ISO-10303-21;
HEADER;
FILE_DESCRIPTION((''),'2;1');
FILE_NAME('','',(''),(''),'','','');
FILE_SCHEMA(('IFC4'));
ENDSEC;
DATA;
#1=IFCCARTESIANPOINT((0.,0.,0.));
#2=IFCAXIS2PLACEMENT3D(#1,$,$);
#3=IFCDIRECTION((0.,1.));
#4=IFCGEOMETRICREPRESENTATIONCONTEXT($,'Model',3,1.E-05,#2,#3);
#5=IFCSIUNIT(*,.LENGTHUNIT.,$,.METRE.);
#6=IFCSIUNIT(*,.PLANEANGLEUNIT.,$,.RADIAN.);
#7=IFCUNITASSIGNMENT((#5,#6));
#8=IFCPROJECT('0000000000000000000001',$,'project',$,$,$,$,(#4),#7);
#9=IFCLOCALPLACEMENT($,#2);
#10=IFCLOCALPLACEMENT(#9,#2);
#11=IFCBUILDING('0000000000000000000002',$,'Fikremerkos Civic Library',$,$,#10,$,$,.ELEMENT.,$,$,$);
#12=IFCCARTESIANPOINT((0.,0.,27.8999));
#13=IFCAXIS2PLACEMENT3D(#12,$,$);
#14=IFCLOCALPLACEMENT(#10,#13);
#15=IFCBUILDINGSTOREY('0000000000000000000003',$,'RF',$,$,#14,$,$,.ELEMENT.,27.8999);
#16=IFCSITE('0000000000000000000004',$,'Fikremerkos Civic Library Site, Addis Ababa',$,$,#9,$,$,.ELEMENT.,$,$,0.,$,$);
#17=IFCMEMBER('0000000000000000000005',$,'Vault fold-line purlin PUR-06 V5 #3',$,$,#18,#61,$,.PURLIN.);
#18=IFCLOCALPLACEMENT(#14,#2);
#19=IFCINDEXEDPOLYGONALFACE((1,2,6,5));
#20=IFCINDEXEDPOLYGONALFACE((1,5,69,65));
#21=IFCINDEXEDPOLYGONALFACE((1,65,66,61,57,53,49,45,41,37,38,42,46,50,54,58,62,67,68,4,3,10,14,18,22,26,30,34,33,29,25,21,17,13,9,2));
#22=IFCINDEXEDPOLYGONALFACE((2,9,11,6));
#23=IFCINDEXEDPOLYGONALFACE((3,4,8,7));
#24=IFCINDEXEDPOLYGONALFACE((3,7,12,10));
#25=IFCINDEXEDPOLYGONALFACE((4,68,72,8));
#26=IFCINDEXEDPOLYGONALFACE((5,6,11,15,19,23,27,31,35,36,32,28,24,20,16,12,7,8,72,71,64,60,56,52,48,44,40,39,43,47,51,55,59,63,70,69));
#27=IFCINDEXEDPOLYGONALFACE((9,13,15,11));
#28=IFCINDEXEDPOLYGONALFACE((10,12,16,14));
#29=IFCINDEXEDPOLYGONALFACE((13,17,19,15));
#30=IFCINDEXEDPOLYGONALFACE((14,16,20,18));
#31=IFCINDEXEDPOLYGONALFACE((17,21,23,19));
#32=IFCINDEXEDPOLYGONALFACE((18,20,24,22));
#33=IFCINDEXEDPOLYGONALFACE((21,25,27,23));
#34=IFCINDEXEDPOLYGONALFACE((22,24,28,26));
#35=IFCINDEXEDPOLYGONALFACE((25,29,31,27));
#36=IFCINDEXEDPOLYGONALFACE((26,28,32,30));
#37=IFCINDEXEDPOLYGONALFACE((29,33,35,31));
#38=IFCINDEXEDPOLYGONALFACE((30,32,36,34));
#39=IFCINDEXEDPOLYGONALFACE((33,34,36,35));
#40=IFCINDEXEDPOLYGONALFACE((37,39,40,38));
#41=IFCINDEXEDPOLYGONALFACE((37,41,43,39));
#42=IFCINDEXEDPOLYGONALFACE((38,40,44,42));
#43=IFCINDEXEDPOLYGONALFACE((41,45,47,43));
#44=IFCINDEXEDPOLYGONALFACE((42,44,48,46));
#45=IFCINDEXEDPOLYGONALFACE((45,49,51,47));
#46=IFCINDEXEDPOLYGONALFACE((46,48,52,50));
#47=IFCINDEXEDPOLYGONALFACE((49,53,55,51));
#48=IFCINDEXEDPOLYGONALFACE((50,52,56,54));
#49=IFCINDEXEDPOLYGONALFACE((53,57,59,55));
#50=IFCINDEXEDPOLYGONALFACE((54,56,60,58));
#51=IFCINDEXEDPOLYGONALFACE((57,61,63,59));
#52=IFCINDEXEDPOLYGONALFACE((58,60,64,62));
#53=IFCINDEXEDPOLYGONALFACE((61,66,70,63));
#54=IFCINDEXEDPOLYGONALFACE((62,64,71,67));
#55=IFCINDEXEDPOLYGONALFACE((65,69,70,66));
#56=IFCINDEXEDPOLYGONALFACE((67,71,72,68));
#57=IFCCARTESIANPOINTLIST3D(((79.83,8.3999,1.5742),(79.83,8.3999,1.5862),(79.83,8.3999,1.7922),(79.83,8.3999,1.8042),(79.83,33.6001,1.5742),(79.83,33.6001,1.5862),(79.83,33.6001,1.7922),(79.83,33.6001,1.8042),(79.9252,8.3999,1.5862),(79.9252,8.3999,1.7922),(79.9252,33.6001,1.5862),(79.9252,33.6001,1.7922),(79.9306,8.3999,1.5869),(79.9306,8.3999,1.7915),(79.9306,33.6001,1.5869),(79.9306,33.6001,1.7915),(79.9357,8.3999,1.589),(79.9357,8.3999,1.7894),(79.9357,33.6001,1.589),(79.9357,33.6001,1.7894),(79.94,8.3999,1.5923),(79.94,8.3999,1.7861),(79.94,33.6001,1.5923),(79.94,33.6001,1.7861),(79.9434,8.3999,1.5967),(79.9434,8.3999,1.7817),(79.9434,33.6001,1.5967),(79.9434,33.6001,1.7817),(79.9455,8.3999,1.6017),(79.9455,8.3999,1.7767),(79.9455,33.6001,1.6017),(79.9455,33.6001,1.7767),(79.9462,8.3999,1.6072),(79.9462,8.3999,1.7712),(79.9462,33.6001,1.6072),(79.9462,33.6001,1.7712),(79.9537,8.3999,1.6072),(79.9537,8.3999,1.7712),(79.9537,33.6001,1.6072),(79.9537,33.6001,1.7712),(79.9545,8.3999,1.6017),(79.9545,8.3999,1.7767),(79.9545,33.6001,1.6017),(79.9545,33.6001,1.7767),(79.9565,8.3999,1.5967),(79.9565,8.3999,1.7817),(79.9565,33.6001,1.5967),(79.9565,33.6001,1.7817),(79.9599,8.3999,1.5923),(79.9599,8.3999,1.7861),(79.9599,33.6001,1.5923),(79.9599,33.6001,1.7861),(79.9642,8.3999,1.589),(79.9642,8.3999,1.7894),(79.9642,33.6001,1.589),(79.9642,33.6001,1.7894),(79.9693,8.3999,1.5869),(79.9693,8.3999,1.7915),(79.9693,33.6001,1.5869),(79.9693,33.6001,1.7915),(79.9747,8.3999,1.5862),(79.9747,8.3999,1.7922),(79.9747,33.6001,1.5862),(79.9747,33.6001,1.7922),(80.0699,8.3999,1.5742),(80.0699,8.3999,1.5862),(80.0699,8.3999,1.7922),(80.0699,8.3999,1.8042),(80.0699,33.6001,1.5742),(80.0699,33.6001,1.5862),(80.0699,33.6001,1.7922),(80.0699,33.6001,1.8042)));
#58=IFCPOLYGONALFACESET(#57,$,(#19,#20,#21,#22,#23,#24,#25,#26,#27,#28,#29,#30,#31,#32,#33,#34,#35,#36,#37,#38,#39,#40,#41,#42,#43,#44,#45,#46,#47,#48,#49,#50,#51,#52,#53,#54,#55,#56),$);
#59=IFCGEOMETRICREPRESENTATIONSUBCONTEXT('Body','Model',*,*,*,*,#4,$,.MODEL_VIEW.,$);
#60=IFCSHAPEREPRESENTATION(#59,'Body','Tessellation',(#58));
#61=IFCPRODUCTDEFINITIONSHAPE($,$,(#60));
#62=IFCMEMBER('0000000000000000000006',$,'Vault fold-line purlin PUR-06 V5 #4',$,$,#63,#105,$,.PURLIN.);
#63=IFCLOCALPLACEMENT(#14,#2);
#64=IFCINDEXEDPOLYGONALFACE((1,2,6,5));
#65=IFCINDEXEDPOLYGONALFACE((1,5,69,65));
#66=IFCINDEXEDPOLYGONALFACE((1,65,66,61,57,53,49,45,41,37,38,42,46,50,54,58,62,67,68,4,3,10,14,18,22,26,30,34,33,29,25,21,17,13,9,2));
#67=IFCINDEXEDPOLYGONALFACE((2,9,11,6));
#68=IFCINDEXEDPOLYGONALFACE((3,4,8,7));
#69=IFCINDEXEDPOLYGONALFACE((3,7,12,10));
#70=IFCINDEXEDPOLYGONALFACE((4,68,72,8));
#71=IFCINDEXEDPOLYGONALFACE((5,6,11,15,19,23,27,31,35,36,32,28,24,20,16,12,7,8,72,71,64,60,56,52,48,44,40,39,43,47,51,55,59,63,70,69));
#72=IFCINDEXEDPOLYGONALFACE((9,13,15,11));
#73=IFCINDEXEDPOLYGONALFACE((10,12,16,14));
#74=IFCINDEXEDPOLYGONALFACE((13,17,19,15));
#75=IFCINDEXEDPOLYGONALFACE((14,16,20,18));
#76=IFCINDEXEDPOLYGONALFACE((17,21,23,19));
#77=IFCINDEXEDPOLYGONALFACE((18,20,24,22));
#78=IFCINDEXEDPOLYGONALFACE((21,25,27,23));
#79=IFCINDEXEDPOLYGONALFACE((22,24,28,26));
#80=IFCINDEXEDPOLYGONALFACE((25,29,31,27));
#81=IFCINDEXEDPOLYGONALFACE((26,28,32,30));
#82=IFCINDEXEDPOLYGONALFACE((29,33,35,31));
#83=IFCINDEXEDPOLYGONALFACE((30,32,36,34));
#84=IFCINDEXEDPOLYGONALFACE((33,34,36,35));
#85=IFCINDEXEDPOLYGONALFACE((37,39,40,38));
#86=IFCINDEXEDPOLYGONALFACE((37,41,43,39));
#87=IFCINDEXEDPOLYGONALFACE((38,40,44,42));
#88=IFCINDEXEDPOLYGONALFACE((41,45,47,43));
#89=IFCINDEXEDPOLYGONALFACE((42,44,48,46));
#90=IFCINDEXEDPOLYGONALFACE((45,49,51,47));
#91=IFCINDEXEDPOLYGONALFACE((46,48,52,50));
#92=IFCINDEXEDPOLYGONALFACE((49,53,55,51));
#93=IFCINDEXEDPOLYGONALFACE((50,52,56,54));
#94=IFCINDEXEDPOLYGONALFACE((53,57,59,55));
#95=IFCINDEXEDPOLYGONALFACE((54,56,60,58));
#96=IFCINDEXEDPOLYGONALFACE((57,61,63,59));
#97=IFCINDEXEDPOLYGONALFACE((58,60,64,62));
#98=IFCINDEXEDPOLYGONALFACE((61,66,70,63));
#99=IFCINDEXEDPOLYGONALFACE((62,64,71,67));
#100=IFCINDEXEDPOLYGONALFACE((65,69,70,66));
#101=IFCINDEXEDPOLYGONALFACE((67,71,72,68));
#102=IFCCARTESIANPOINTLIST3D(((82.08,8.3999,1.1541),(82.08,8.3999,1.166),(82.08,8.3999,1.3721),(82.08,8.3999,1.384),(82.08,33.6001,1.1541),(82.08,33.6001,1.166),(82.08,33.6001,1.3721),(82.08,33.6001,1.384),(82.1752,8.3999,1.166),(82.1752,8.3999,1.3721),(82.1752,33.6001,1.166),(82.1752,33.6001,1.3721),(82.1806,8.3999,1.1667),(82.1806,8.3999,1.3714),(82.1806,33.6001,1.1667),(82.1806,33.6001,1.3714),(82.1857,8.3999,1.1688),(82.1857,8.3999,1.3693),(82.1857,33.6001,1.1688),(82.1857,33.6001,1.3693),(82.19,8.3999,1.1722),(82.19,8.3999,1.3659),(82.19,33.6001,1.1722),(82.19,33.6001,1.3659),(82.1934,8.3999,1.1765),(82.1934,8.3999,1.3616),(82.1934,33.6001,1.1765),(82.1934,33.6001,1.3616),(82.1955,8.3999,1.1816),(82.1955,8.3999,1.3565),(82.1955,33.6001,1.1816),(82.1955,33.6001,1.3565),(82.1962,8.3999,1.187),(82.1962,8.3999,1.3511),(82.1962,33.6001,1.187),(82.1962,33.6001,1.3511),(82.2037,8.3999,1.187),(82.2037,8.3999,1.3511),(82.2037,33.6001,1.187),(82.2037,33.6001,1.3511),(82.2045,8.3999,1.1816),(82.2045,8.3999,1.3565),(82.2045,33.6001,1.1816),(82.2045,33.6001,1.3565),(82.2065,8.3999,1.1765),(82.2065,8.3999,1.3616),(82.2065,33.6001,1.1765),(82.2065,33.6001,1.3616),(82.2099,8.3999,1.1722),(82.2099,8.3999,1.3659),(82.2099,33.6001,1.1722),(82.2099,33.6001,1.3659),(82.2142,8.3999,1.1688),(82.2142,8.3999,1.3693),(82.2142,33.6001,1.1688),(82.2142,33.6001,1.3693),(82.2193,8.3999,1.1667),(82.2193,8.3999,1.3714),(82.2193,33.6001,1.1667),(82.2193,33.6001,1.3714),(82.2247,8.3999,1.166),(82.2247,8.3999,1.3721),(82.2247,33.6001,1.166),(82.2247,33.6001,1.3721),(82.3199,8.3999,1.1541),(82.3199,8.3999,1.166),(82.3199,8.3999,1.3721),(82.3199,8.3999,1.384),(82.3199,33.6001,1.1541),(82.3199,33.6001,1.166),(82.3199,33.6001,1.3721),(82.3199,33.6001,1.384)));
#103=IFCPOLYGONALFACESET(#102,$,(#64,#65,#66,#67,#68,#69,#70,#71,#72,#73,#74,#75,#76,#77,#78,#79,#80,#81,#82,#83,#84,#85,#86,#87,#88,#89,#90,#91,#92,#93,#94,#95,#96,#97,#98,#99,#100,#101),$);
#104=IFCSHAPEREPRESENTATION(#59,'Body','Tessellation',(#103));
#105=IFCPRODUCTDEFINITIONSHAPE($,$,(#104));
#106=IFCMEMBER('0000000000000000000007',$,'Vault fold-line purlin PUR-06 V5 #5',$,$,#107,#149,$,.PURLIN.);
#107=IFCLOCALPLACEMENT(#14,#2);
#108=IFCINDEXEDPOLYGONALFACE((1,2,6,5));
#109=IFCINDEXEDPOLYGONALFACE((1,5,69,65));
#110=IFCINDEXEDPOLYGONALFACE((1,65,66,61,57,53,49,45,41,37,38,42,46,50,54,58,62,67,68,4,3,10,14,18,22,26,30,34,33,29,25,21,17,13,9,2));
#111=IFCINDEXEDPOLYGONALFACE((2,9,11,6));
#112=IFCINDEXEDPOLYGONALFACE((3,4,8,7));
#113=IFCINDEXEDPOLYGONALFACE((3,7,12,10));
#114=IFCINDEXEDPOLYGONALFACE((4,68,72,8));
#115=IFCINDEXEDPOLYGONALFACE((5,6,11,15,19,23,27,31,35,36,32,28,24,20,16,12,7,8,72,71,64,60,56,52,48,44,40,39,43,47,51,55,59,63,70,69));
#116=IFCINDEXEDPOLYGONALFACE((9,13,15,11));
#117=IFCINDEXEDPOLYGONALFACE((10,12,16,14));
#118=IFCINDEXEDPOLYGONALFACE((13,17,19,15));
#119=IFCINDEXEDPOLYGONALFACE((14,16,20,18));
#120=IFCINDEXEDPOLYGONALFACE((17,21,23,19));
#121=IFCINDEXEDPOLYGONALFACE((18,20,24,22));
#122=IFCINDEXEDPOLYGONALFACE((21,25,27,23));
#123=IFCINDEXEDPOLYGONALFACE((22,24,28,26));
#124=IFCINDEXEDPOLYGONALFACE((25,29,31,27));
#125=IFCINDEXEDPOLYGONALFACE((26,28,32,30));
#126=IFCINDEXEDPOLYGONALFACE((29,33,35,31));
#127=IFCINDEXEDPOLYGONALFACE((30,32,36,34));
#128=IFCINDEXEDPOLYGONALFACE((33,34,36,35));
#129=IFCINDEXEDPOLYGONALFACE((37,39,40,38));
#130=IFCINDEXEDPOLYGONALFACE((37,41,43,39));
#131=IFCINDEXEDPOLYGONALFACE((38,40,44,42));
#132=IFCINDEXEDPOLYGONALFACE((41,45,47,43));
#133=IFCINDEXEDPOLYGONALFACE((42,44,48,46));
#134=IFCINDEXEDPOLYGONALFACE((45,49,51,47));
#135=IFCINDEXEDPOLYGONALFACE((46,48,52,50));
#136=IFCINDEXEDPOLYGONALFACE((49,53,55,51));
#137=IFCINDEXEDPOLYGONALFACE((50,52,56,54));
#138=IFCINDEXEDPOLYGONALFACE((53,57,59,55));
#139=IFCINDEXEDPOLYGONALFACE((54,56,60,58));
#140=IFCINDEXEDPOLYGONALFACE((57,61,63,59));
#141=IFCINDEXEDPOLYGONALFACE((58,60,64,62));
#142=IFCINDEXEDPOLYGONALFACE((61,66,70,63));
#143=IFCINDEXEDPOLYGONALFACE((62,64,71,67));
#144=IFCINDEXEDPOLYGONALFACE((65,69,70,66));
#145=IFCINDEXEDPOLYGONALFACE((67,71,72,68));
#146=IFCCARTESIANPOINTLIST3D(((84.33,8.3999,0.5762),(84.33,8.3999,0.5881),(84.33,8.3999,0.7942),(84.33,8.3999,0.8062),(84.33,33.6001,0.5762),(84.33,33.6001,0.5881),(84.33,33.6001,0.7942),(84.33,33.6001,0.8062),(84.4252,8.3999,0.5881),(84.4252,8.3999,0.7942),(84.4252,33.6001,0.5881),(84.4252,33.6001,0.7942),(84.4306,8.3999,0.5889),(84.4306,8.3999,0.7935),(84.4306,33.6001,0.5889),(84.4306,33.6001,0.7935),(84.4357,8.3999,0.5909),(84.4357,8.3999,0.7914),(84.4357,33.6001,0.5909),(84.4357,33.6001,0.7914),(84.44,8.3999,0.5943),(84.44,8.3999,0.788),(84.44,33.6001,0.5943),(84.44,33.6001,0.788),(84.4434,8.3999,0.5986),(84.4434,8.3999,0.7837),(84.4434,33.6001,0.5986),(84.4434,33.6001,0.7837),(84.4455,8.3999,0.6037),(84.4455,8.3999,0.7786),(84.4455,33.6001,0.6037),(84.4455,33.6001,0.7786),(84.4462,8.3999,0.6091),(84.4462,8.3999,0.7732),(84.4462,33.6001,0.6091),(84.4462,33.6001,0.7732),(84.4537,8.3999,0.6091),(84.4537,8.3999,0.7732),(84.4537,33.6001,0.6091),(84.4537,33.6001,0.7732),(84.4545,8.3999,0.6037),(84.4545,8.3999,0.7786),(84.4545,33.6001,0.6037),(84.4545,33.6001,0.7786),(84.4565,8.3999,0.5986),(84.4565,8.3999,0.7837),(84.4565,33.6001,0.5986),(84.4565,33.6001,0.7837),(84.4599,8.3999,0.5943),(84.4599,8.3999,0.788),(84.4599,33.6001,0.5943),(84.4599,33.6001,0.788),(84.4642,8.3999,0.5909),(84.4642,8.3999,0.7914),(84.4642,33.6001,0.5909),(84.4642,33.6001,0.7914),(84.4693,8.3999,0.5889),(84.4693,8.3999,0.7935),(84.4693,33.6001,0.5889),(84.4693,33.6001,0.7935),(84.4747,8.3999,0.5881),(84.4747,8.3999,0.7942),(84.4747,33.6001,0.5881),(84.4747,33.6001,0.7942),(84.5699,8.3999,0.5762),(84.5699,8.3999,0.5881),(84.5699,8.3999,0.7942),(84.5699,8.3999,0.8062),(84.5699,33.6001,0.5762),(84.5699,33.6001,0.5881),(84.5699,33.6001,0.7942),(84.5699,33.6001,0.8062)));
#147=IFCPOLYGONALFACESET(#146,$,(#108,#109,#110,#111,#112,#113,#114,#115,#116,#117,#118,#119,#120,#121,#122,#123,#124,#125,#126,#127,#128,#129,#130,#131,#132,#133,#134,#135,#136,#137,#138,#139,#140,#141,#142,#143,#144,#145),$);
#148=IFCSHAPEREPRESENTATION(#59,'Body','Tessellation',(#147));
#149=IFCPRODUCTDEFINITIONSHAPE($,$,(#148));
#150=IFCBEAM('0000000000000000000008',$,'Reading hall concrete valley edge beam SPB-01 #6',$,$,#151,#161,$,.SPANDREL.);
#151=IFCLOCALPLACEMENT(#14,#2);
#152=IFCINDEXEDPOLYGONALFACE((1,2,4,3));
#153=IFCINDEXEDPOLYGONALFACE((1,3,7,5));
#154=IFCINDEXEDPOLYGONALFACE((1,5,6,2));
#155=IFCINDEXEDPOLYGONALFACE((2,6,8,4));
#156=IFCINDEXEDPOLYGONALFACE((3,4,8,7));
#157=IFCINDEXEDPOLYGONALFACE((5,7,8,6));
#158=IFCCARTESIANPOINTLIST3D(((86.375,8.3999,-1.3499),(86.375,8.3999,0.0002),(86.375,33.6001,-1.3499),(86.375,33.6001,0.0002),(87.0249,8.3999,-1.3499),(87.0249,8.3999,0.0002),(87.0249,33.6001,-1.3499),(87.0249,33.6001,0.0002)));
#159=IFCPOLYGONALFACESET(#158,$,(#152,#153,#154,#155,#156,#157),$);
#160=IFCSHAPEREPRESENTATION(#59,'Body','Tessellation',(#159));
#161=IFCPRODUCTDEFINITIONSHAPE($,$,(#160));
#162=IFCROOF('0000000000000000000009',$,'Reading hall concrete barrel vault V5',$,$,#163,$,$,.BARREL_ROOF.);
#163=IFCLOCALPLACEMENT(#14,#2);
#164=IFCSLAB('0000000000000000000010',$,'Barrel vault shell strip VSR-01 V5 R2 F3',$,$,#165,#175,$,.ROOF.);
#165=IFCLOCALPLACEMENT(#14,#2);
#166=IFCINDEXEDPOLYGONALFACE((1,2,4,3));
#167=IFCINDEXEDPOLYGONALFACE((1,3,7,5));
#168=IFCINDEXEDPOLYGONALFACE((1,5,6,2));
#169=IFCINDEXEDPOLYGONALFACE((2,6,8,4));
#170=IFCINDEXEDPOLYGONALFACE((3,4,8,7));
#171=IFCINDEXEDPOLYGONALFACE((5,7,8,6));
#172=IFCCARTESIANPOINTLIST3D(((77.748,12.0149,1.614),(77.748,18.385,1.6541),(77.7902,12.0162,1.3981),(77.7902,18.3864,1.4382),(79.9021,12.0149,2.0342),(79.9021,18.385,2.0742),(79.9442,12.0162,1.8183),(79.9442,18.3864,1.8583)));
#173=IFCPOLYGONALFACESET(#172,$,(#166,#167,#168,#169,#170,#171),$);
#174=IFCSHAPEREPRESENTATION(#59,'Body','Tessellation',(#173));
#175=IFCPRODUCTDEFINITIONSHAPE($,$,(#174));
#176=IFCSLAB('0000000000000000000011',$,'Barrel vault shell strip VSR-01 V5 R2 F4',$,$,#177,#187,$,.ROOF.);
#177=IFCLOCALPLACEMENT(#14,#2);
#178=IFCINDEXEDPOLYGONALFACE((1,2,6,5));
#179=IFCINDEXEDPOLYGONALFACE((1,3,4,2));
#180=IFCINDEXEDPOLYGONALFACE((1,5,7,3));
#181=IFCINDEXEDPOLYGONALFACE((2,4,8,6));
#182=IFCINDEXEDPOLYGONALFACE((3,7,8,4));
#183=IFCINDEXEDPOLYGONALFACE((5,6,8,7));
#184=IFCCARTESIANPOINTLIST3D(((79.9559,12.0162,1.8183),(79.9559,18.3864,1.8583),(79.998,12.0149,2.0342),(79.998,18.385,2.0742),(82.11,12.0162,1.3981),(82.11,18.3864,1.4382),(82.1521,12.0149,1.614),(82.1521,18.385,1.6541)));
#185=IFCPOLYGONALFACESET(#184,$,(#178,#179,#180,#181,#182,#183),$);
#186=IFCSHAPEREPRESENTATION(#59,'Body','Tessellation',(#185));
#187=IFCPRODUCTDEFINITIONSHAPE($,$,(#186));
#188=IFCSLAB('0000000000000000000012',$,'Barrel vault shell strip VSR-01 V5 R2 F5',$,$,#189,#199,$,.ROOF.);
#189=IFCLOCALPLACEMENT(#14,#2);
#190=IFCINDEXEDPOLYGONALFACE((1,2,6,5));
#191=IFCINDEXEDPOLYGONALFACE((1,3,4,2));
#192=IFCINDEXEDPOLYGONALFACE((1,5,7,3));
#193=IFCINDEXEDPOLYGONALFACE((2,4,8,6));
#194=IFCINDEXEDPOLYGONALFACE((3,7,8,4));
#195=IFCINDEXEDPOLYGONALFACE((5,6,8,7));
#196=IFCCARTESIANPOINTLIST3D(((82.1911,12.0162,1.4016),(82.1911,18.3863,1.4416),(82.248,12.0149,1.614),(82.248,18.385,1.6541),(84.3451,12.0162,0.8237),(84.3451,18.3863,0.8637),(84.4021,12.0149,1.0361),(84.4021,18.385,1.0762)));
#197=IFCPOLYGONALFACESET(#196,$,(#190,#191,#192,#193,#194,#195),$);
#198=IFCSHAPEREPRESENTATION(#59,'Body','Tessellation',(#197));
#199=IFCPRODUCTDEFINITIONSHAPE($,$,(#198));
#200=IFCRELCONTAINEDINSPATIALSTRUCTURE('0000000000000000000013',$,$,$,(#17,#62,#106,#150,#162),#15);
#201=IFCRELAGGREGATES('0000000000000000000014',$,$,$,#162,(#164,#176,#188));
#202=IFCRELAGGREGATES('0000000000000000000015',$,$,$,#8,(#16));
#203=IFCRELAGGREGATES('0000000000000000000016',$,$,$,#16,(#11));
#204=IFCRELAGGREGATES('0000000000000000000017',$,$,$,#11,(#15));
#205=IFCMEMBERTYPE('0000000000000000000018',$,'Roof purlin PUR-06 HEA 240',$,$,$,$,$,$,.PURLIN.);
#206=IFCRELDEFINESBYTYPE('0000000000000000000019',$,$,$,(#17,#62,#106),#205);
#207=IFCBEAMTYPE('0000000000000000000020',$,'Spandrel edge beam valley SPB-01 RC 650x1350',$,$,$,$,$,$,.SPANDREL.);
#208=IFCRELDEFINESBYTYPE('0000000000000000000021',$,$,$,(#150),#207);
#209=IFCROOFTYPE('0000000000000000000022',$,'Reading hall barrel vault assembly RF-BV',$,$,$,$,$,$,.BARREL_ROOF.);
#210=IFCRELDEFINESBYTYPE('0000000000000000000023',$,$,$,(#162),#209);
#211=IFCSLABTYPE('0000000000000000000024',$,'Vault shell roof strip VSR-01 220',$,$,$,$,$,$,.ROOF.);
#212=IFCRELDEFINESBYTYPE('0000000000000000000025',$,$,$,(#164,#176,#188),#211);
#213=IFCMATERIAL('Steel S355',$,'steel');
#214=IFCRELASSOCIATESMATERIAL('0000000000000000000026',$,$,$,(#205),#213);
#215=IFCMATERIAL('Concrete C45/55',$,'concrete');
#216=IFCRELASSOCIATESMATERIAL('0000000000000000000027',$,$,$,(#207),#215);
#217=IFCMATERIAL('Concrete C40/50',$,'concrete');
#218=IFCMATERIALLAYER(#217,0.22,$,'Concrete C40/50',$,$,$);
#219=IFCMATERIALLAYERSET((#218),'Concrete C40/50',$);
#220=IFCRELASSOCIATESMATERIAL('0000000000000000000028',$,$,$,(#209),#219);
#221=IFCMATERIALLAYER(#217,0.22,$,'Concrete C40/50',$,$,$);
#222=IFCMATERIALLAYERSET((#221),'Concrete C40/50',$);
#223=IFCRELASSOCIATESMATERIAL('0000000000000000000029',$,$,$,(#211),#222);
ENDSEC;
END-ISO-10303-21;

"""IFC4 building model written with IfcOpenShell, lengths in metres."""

from ifc_helpers import new_model, si_unit, direction, frame, origin, origin_2d, place, context, subcontext, project, spatial, polyline, rectangle, i_section, outline, extrude, material, layer, layer_set, material_profile, profile_set, type_object, element, aggregate, save


model = new_model("IFC4")

# Units and contexts
model_context = context("Model", 3, precision=1e-05, world=origin(), true_north=direction((0.0, 1.0)))
body_context = subcontext(model_context, "Body", "Model", "MODEL_VIEW")
ifc_project = project(units=[si_unit("LENGTHUNIT", "METRE"), si_unit("PLANEANGLEUNIT", "RADIAN")], contexts=[model_context])

# Site, building, storey
site_placement = place(None, origin())
site = spatial("IfcSite", under=ifc_project, at=site_placement, Name="Fikremerkos Civic Library Site, Addis Ababa", CompositionType="ELEMENT", RefElevation=0.0)
building_placement = place(site_placement, origin())
building = spatial("IfcBuilding", under=site, at=building_placement, Name="Fikremerkos Civic Library", CompositionType="ELEMENT")
storey_placement = place(building_placement, frame((0.0, 0.0, 27.8999)))
storey = spatial("IfcBuildingStorey", under=building, at=storey_placement, Name="RF", CompositionType="ELEMENT", Elevation=27.8999)

# Shared definitions
ifc_material_1 = material(Name="Steel S355", Category="steel")

# Shared definitions
ifc_material_2 = material(Name="Concrete C45/55", Category="concrete")

# Members
ifc_material_profile_1 = material_profile(ifc_material_1, i_section(OverallWidth=0.24, OverallDepth=0.23, WebThickness=0.0076, FlangeThickness=0.012, FilletRadius=0.021, at=origin_2d()), Name="HEA 240")
ifc_profile_set_1 = profile_set([ifc_material_profile_1], Name="Steel S355")
member_type_1 = type_object("IfcMemberType", Name="Roof purlin PUR-06 HEA 240", PredefinedType="PURLIN", material=ifc_profile_set_1)
for number, where, z_axis, x_axis, name in (
    (1, (79.95, 8.3999, 1.6892), (0.0, 1.0, 0.0), (-1.0, 0.0, 0.0), "Vault fold-line purlin PUR-06 V5 #3"),
    (2, (82.2, 8.3999, 1.269), (0.0, 1.0, 0.0), (-1.0, 0.0, 0.0), "Vault fold-line purlin PUR-06 V5 #4"),
    (3, (84.45, 8.3999, 0.6912), (0.0, 1.0, 0.0), (-1.0, 0.0, 0.0), "Vault fold-line purlin PUR-06 V5 #5"),
):
    element("IfcMember", number, at=place(storey_placement, frame(where, z_axis=z_axis, x_axis=x_axis)), inside=storey, type_object=member_type_1, Name=name, PredefinedType="PURLIN", context=body_context, shape_type="SweptSolid", body=[
        extrude(i_section(OverallWidth=0.24, OverallDepth=0.23, WebThickness=0.0076, FlangeThickness=0.012, FilletRadius=0.021, at=origin_2d()), origin(), (0.0, 0.0, 1.0), 25.2002),
    ])

# Beam
ifc_material_profile_2 = material_profile(ifc_material_2, rectangle(XDim=0.6499, YDim=1.3501, at=origin_2d()), Name="RC 650x1350")
ifc_profile_set_2 = profile_set([ifc_material_profile_2], Name="Concrete C45/55")
beam_type_1 = type_object("IfcBeamType", Name="Spandrel edge beam valley SPB-01 RC 650x1350", PredefinedType="SPANDREL", material=ifc_profile_set_2)
beam_1_placement = place(storey_placement, frame((86.7, 8.3999, -0.6748), z_axis=(0.0, 1.0, 0.0), x_axis=(-1.0, 0.0, 0.0)))
element("IfcBeam", 4, at=beam_1_placement, inside=storey, type_object=beam_type_1, Name="Reading hall concrete valley edge beam SPB-01 #6", PredefinedType="SPANDREL", context=body_context, shape_type="SweptSolid", body=[
    extrude(rectangle(XDim=0.6499, YDim=1.3501, at=origin_2d()), origin(), (0.0, 0.0, 1.0), 25.2002),
])

# Roof, slabs
ifc_material_3 = material(Name="Concrete C40/50", Category="concrete")
ifc_layer_1 = layer(ifc_material_3, 0.22, Name="Concrete C40/50")
ifc_layer_set_1 = layer_set([ifc_layer_1], Name="Concrete C40/50")
roof_type = type_object("IfcRoofType", Name="Reading hall barrel vault assembly RF-BV", PredefinedType="BARREL_ROOF", material=ifc_layer_set_1)
roof_1_placement = place(storey_placement, origin())
roof_1 = element("IfcRoof", 5, at=roof_1_placement, inside=storey, type_object=roof_type, Name="Reading hall concrete barrel vault V5", PredefinedType="BARREL_ROOF")
ifc_layer_2 = layer(ifc_material_3, 0.22, Name="Concrete C40/50")
ifc_layer_set_2 = layer_set([ifc_layer_2], Name="Concrete C40/50")
slab_type_1 = type_object("IfcSlabType", Name="Vault shell roof strip VSR-01 220", PredefinedType="ROOF", material=ifc_layer_set_2)
slab_1_placement = place(storey_placement, frame((77.748, 12.0149, 1.614), z_axis=(-0.191447, -0.006169, 0.981484), x_axis=(0.981502, 0.0, 0.19145)))
slab_1 = element("IfcSlab", 6, at=slab_1_placement, type_object=slab_type_1, Name="Barrel vault shell strip VSR-01 V5 R2 F3", PredefinedType="ROOF", context=body_context, shape_type="SweptSolid", body=[
    extrude(outline(polyline([(0.0, 0.0), (2.1946, 0.0), (2.2023, 6.3702), (0.0077, 6.3702), (0.0, 0.0)])), origin(), (0.0, 0.0, -1.0), 0.22),
])
slab_2_placement = place(storey_placement, frame((79.998, 12.0149, 2.0342), z_axis=(0.191447, -0.006169, 0.981484), x_axis=(0.981502, 0.0, -0.19145)))
slab_2 = element("IfcSlab", 7, at=slab_2_placement, type_object=slab_type_1, Name="Barrel vault shell strip VSR-01 V5 R2 F4", PredefinedType="ROOF", context=body_context, shape_type="SweptSolid", body=[
    extrude(outline(polyline([(0.0, 0.0), (2.1946, 0.0), (2.187, 6.3702), (-0.0077, 6.3702), (0.0, 0.0)])), origin(), (0.0, 0.0, -1.0), 0.22),
])
slab_3_placement = place(storey_placement, frame((82.248, 12.0149, 1.614), z_axis=(0.259109, -0.006071, 0.965829), x_axis=(0.965847, 0.0, -0.259114)))
slab_3 = element("IfcSlab", 8, at=slab_3_placement, type_object=slab_type_1, Name="Barrel vault shell strip VSR-01 V5 R2 F5", PredefinedType="ROOF", context=body_context, shape_type="SweptSolid", body=[
    extrude(outline(polyline([(0.0, 0.0), (2.2302, 0.0), (2.2198, 6.3702), (-0.0104, 6.3702), (0.0, 0.0)])), origin(), (0.0, 0.0, -1.0), 0.22),
])

aggregate(roof_1, [slab_1, slab_2, slab_3])

save(model, "model.ifc")
